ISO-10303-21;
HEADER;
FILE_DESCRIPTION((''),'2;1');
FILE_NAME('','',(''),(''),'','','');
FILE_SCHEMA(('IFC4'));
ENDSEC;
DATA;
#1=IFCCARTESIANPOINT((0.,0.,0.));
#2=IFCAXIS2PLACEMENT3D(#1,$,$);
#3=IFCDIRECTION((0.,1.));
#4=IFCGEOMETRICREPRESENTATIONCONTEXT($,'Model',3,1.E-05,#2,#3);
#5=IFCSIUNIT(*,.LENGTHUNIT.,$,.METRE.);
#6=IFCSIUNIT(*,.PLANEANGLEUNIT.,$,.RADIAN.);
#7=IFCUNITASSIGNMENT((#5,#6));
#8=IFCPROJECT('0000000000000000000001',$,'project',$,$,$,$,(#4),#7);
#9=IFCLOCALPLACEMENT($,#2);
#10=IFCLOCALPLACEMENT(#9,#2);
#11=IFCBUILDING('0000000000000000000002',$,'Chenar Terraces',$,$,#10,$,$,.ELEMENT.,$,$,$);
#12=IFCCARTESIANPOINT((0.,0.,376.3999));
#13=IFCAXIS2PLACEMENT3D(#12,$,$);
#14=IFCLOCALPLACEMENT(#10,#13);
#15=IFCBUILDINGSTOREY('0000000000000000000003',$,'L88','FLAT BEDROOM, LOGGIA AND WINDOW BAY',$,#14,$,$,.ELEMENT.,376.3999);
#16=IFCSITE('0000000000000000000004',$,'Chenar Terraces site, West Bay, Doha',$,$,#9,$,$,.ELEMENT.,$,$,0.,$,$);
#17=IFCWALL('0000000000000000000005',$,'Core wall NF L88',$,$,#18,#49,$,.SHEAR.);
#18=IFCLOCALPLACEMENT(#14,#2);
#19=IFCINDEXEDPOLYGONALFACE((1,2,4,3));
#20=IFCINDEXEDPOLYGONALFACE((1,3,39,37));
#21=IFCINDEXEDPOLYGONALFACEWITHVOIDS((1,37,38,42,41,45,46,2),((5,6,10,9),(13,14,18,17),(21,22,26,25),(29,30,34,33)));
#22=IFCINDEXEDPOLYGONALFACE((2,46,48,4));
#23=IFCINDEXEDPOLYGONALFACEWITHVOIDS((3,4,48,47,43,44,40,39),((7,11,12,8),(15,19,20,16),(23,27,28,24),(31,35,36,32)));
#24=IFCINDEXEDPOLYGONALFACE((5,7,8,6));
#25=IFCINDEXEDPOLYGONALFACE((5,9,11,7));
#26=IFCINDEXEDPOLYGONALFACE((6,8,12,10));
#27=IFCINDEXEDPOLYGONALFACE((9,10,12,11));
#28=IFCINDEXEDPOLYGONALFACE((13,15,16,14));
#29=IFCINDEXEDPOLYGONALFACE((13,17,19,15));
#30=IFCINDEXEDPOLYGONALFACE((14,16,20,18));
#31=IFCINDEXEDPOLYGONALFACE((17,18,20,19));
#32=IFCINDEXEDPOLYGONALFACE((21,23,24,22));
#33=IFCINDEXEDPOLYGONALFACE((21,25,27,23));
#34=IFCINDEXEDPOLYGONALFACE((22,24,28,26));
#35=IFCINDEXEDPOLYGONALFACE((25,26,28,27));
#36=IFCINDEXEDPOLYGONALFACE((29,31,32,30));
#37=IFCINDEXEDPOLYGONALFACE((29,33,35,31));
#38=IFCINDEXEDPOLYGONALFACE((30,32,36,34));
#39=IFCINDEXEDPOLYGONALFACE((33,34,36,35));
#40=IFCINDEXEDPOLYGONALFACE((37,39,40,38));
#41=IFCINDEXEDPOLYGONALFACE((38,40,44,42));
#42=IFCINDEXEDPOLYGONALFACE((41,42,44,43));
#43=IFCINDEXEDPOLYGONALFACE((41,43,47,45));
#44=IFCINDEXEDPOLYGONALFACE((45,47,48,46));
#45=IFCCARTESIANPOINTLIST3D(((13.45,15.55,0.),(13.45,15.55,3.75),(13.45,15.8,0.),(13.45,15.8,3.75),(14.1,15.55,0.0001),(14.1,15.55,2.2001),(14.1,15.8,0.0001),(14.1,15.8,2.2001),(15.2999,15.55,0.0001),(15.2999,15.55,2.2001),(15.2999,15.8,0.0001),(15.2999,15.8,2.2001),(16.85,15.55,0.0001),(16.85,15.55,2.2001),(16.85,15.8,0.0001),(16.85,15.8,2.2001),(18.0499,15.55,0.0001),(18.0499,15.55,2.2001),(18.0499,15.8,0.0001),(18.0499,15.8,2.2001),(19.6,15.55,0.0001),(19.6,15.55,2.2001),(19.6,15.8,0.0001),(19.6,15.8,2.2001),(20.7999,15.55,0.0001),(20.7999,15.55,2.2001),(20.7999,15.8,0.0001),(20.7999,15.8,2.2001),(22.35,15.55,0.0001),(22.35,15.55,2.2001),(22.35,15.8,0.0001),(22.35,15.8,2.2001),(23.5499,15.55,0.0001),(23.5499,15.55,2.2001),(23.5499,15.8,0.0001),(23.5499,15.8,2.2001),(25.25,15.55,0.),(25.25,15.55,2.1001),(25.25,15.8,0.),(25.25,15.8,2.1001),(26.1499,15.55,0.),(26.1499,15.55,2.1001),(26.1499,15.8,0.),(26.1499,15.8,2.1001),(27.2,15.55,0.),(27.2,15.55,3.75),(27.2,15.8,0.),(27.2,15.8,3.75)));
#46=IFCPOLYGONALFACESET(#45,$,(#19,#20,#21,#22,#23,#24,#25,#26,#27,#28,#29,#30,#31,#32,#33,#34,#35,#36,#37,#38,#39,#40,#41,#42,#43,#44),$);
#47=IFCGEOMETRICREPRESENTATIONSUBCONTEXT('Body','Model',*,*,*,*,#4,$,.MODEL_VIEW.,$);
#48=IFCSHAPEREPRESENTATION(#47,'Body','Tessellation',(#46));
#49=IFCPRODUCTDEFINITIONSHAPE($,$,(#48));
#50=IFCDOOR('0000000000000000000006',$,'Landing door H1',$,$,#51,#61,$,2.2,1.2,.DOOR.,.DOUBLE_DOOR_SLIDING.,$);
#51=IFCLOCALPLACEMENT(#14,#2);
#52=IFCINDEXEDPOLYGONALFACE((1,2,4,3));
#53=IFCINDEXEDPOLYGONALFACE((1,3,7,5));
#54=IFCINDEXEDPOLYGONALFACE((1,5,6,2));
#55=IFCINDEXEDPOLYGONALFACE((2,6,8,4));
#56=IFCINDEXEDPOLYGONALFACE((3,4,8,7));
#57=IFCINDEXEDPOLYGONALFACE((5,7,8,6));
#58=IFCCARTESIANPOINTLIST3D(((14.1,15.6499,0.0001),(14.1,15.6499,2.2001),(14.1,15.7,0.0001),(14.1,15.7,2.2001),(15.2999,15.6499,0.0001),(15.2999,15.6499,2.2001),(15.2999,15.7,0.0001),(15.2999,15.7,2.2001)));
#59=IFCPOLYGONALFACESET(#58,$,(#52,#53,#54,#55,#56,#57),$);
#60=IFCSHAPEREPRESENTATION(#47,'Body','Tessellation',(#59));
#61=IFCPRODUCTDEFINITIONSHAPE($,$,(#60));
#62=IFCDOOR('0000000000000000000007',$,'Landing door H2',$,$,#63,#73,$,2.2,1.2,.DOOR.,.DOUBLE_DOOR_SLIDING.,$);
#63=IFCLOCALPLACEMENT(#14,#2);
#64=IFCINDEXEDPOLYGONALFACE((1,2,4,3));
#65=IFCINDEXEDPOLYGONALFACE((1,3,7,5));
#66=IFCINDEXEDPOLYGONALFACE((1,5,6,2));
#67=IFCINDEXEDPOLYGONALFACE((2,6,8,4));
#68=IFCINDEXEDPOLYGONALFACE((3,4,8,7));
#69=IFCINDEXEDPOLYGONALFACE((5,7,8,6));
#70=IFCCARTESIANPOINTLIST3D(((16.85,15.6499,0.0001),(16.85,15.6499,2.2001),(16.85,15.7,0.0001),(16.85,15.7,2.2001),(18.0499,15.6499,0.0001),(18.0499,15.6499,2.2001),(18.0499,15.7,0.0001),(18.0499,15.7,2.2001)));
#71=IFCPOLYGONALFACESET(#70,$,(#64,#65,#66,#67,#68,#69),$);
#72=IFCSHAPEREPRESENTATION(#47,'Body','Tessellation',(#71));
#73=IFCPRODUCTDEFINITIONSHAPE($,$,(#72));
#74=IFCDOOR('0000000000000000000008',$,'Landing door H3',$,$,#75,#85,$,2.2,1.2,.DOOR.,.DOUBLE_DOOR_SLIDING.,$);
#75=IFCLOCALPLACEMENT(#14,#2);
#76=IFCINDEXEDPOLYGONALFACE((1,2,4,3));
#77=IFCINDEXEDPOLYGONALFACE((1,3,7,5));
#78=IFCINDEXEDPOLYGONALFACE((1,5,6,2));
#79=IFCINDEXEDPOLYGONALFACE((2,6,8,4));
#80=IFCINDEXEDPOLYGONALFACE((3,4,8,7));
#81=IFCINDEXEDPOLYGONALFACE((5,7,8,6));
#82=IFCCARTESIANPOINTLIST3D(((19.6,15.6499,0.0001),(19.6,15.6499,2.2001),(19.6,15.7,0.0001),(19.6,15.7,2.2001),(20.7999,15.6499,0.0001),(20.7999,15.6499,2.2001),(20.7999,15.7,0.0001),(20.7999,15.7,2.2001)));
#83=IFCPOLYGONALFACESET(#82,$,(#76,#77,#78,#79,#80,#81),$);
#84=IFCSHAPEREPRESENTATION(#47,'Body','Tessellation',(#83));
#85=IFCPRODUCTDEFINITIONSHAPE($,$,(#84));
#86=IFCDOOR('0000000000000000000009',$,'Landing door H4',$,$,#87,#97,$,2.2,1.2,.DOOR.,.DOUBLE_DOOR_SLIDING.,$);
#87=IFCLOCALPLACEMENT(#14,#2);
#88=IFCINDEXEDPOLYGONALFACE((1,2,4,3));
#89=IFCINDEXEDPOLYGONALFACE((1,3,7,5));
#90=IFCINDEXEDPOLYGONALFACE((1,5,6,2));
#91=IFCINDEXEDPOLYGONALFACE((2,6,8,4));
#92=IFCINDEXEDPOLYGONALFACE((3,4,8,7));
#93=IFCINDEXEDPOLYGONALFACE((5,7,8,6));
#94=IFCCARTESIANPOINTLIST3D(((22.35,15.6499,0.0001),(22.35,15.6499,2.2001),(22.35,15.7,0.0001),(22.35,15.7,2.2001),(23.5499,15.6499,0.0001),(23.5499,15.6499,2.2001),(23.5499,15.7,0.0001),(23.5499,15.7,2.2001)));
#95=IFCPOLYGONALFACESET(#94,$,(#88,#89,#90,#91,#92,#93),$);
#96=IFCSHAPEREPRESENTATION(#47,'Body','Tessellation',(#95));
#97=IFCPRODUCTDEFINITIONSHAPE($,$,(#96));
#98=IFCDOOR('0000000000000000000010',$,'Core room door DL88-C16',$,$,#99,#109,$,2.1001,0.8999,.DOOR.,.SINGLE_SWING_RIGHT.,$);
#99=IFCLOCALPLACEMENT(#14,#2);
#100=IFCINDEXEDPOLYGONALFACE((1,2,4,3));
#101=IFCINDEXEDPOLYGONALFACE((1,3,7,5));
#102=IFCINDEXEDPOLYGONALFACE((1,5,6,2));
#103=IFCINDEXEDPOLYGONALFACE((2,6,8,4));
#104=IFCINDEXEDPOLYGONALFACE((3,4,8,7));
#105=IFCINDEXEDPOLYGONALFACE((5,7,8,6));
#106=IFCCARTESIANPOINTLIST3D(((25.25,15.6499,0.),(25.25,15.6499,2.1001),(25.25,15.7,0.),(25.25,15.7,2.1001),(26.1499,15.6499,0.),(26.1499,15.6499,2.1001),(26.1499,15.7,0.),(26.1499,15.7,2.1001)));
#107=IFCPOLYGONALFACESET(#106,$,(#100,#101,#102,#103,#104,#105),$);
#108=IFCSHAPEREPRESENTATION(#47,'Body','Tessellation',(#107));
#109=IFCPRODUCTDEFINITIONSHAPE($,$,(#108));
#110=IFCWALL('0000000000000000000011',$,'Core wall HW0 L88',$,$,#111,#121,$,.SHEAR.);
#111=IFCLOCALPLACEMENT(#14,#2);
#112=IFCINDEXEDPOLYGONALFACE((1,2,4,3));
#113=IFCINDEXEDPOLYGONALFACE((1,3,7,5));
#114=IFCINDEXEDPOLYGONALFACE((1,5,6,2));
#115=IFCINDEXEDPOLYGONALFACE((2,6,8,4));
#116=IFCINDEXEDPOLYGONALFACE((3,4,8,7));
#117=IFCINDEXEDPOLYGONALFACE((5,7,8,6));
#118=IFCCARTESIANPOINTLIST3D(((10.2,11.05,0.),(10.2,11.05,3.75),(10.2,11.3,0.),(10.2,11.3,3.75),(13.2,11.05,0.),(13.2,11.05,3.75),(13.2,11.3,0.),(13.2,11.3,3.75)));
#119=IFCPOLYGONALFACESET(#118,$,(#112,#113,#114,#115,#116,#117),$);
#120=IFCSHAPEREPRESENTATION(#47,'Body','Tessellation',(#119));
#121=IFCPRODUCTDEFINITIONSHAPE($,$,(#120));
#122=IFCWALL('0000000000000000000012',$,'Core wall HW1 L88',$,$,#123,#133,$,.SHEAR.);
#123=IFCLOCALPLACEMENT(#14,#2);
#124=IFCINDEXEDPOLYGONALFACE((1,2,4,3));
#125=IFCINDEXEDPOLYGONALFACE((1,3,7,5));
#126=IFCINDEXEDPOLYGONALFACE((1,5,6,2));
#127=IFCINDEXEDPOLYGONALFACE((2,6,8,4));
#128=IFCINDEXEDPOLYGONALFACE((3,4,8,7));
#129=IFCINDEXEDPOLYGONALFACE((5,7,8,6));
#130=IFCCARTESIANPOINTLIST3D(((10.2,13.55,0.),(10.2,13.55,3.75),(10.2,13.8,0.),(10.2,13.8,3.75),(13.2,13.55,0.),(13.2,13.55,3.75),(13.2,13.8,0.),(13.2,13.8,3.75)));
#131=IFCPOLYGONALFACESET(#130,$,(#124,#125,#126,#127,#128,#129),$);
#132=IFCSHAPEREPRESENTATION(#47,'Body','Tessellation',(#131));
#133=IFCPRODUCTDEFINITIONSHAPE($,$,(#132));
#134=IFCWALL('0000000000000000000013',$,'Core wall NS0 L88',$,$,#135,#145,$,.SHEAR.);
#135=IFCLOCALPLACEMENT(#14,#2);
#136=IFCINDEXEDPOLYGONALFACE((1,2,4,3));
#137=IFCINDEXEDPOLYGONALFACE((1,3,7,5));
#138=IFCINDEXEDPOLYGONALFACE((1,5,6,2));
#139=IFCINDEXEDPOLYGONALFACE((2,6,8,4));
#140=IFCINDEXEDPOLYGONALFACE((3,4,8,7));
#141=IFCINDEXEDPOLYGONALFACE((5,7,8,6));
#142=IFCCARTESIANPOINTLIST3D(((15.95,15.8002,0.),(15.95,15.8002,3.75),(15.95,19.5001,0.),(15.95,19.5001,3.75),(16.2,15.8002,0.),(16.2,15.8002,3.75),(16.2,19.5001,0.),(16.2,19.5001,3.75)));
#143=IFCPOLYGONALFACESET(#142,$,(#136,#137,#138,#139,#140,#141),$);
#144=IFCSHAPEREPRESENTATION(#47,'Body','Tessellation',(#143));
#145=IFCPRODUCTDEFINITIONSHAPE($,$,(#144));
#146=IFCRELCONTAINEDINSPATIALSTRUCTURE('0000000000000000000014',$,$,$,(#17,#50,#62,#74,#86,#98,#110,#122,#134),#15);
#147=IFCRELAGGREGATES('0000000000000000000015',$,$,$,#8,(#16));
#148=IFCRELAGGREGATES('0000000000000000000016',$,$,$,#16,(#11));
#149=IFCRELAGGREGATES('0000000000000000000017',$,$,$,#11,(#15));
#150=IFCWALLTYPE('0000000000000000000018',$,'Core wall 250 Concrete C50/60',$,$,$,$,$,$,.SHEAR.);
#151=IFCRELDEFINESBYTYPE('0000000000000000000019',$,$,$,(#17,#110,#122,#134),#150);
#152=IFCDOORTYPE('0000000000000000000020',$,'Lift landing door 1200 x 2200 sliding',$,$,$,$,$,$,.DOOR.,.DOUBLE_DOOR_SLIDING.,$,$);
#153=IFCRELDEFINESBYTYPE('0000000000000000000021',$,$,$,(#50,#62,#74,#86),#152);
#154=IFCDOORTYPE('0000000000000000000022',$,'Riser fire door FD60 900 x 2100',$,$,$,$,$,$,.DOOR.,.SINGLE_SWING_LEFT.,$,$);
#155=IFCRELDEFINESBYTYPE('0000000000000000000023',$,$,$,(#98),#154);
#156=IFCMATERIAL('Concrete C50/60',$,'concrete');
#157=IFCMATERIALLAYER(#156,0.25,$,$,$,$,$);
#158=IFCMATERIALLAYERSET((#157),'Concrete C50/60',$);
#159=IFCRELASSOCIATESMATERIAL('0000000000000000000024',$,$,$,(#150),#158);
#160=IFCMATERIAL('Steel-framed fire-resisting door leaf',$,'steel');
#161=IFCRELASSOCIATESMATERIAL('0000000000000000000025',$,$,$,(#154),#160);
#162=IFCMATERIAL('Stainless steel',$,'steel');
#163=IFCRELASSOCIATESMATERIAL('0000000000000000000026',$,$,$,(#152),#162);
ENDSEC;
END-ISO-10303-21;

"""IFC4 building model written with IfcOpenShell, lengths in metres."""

from ifc_helpers import new_model, si_unit, direction, frame, frame_2d, origin, place, context, subcontext, project, spatial, rectangle, extrude, material, layer, layer_set, type_object, element, fill, save


model = new_model("IFC4")

# Units and contexts
model_context = context("Model", 3, precision=1e-05, world=origin(), true_north=direction((0.0, 1.0)))
body_context = subcontext(model_context, "Body", "Model", "MODEL_VIEW")
ifc_project = project(units=[si_unit("LENGTHUNIT", "METRE"), si_unit("PLANEANGLEUNIT", "RADIAN")], contexts=[model_context])

# Site, building, storey
site_placement = place(None, origin())
site = spatial("IfcSite", under=ifc_project, at=site_placement, Name="Chenar Terraces site, West Bay, Doha", CompositionType="ELEMENT", RefElevation=0.0)
building_placement = place(site_placement, origin())
building = spatial("IfcBuilding", under=site, at=building_placement, Name="Chenar Terraces", CompositionType="ELEMENT")
storey_placement = place(building_placement, frame((0.0, 0.0, 376.3999)))
storey = spatial("IfcBuildingStorey", under=building, at=storey_placement, Name="L88", Description="FLAT BEDROOM, LOGGIA AND WINDOW BAY", CompositionType="ELEMENT", Elevation=376.3999)

# Shared definitions
ifc_material_1 = material(Name="Concrete C50/60", Category="concrete")
ifc_layer_1 = layer(ifc_material_1, 0.25)
ifc_layer_set_1 = layer_set([ifc_layer_1], Name="Concrete C50/60")
wall_type_1 = type_object("IfcWallType", Name="Core wall 250 Concrete C50/60", PredefinedType="SHEAR", material=ifc_layer_set_1)

# Wall, openings, doors
ifc_material_2 = material(Name="Steel-framed fire-resisting door leaf", Category="steel")
door_type_1 = type_object("IfcDoorType", Name="Riser fire door FD60 900 x 2100", OperationType="SINGLE_SWING_LEFT", PredefinedType="DOOR", material=ifc_material_2)
wall_1_placement = place(storey_placement, frame((13.45, 15.675, 0.0), z_axis=(0.0, 0.0, 1.0), x_axis=(1.0, 0.0, 0.0)))
wall_1 = element("IfcWall", 1, at=wall_1_placement, inside=storey, type_object=wall_type_1, Name="Core wall NF L88", PredefinedType="SHEAR", context=body_context, shape_type="SweptSolid", body=[
    extrude(rectangle(XDim=13.75, YDim=0.25, at=frame_2d((6.875, 0.0))), origin(), (0.0, 0.0, 1.0), 3.75),
])
opening_1_placement = place(wall_1_placement, frame((0.6499, 0.0, 0.0)))
opening_1 = element("IfcOpeningElement", 2, at=opening_1_placement, cuts=wall_1, PredefinedType="OPENING", context=body_context, shape_type="SweptSolid", body=[
    extrude(rectangle(XDim=1.2, YDim=2.2, at=frame_2d((0.6001, 1.1001))), frame((0.0, 0.135, 0.0), z_axis=(0.0, -1.0, 0.0), x_axis=(1.0, 0.0, 0.0)), (0.0, 0.0, 1.0), 0.27),
])
opening_2_placement = place(wall_1_placement, frame((3.3999, 0.0, 0.0)))
opening_2 = element("IfcOpeningElement", 3, at=opening_2_placement, cuts=wall_1, PredefinedType="OPENING", context=body_context, shape_type="SweptSolid", body=[
    extrude(rectangle(XDim=1.2, YDim=2.2, at=frame_2d((0.6001, 1.1001))), frame((0.0, 0.135, 0.0), z_axis=(0.0, -1.0, 0.0), x_axis=(1.0, 0.0, 0.0)), (0.0, 0.0, 1.0), 0.27),
])
opening_3_placement = place(wall_1_placement, frame((6.1499, 0.0, 0.0)))
opening_3 = element("IfcOpeningElement", 4, at=opening_3_placement, cuts=wall_1, PredefinedType="OPENING", context=body_context, shape_type="SweptSolid", body=[
    extrude(rectangle(XDim=1.2, YDim=2.2, at=frame_2d((0.6001, 1.1001))), frame((0.0, 0.135, 0.0), z_axis=(0.0, -1.0, 0.0), x_axis=(1.0, 0.0, 0.0)), (0.0, 0.0, 1.0), 0.27),
])
opening_4_placement = place(wall_1_placement, frame((8.8999, 0.0, 0.0)))
opening_4 = element("IfcOpeningElement", 5, at=opening_4_placement, cuts=wall_1, PredefinedType="OPENING", context=body_context, shape_type="SweptSolid", body=[
    extrude(rectangle(XDim=1.2, YDim=2.2, at=frame_2d((0.6001, 1.1001))), frame((0.0, 0.135, 0.0), z_axis=(0.0, -1.0, 0.0), x_axis=(1.0, 0.0, 0.0)), (0.0, 0.0, 1.0), 0.27),
])
opening_5_placement = place(wall_1_placement, frame((11.8, 0.0, 0.0)))
opening_5 = element("IfcOpeningElement", 6, at=opening_5_placement, cuts=wall_1, PredefinedType="OPENING", context=body_context, shape_type="SweptSolid", body=[
    extrude(rectangle(XDim=0.8999, YDim=2.1001, at=frame_2d((0.45, 1.05))), frame((0.0, 0.135, 0.0), z_axis=(0.0, -1.0, 0.0), x_axis=(1.0, 0.0, 0.0)), (0.0, 0.0, 1.0), 0.27),
])
ifc_material_3 = material(Name="Stainless steel", Category="steel")
door_type_2 = type_object("IfcDoorType", Name="Lift landing door 1200 x 2200 sliding", OperationType="DOUBLE_DOOR_SLIDING", PredefinedType="DOOR", material=ifc_material_3)
door_1_placement = place(opening_1_placement, origin())
door_1 = element("IfcDoor", 7, at=door_1_placement, inside=storey, type_object=door_type_2, Name="Landing door H1", OperationType="DOUBLE_DOOR_SLIDING", OverallHeight=2.2, OverallWidth=1.2, PredefinedType="DOOR", context=body_context, shape_type="SweptSolid", body=[
    extrude(rectangle(XDim=1.2, YDim=2.2, at=frame_2d((0.6001, 1.1001))), frame((0.0, 0.0249, 0.0), z_axis=(0.0, -1.0, 0.0), x_axis=(1.0, 0.0, 0.0)), (0.0, 0.0, 1.0), 0.05),
])
fill(opening_1, door_1)
door_2_placement = place(opening_2_placement, origin())
door_2 = element("IfcDoor", 8, at=door_2_placement, inside=storey, type_object=door_type_2, Name="Landing door H2", OperationType="DOUBLE_DOOR_SLIDING", OverallHeight=2.2, OverallWidth=1.2, PredefinedType="DOOR", context=body_context, shape_type="SweptSolid", body=[
    extrude(rectangle(XDim=1.2, YDim=2.2, at=frame_2d((0.6001, 1.1001))), frame((0.0, 0.0249, 0.0), z_axis=(0.0, -1.0, 0.0), x_axis=(1.0, 0.0, 0.0)), (0.0, 0.0, 1.0), 0.05),
])
fill(opening_2, door_2)
door_3_placement = place(opening_3_placement, origin())
door_3 = element("IfcDoor", 9, at=door_3_placement, inside=storey, type_object=door_type_2, Name="Landing door H3", OperationType="DOUBLE_DOOR_SLIDING", OverallHeight=2.2, OverallWidth=1.2, PredefinedType="DOOR", context=body_context, shape_type="SweptSolid", body=[
    extrude(rectangle(XDim=1.2, YDim=2.2, at=frame_2d((0.6001, 1.1001))), frame((0.0, 0.0249, 0.0), z_axis=(0.0, -1.0, 0.0), x_axis=(1.0, 0.0, 0.0)), (0.0, 0.0, 1.0), 0.05),
])
fill(opening_3, door_3)
door_4_placement = place(opening_4_placement, origin())
door_4 = element("IfcDoor", 10, at=door_4_placement, inside=storey, type_object=door_type_2, Name="Landing door H4", OperationType="DOUBLE_DOOR_SLIDING", OverallHeight=2.2, OverallWidth=1.2, PredefinedType="DOOR", context=body_context, shape_type="SweptSolid", body=[
    extrude(rectangle(XDim=1.2, YDim=2.2, at=frame_2d((0.6001, 1.1001))), frame((0.0, 0.0249, 0.0), z_axis=(0.0, -1.0, 0.0), x_axis=(1.0, 0.0, 0.0)), (0.0, 0.0, 1.0), 0.05),
])
fill(opening_4, door_4)
door_5_placement = place(opening_5_placement, origin())
door_5 = element("IfcDoor", 11, at=door_5_placement, inside=storey, type_object=door_type_1, Name="Core room door DL88-C16", OperationType="SINGLE_SWING_RIGHT", OverallHeight=2.1001, OverallWidth=0.8999, PredefinedType="DOOR", context=body_context, shape_type="SweptSolid", body=[
    extrude(rectangle(XDim=0.8999, YDim=2.1001, at=frame_2d((0.45, 1.05))), frame((0.0, 0.0249, 0.0), z_axis=(0.0, -1.0, 0.0), x_axis=(1.0, 0.0, 0.0)), (0.0, 0.0, 1.0), 0.05),
])
fill(opening_5, door_5)

# Walls
for number, where, z_axis, x_axis, name in (
    (12, (10.2, 11.175, 0.0), (0.0, 0.0, 1.0), (1.0, 0.0, 0.0), "Core wall HW0 L88"),
    (13, (10.2, 13.675, 0.0), (0.0, 0.0, 1.0), (1.0, 0.0, 0.0), "Core wall HW1 L88"),
):
    element("IfcWall", number, at=place(storey_placement, frame(where, z_axis=z_axis, x_axis=x_axis)), inside=storey, type_object=wall_type_1, Name=name, PredefinedType="SHEAR", context=body_context, shape_type="SweptSolid", body=[
        extrude(rectangle(XDim=3.0, YDim=0.25, at=frame_2d((1.5, 0.0))), origin(), (0.0, 0.0, 1.0), 3.75),
    ])
wall_2_placement = place(storey_placement, frame((16.075, 15.8, 0.0), z_axis=(0.0, 0.0, 1.0), x_axis=(0.0, 1.0, 0.0)))
element("IfcWall", 14, at=wall_2_placement, inside=storey, type_object=wall_type_1, Name="Core wall NS0 L88", PredefinedType="SHEAR", context=body_context, shape_type="SweptSolid", body=[
    extrude(rectangle(XDim=3.7, YDim=0.25, at=frame_2d((1.8501, 0.0))), origin(), (0.0, 0.0, 1.0), 3.75),
])

save(model, "model.ifc")
